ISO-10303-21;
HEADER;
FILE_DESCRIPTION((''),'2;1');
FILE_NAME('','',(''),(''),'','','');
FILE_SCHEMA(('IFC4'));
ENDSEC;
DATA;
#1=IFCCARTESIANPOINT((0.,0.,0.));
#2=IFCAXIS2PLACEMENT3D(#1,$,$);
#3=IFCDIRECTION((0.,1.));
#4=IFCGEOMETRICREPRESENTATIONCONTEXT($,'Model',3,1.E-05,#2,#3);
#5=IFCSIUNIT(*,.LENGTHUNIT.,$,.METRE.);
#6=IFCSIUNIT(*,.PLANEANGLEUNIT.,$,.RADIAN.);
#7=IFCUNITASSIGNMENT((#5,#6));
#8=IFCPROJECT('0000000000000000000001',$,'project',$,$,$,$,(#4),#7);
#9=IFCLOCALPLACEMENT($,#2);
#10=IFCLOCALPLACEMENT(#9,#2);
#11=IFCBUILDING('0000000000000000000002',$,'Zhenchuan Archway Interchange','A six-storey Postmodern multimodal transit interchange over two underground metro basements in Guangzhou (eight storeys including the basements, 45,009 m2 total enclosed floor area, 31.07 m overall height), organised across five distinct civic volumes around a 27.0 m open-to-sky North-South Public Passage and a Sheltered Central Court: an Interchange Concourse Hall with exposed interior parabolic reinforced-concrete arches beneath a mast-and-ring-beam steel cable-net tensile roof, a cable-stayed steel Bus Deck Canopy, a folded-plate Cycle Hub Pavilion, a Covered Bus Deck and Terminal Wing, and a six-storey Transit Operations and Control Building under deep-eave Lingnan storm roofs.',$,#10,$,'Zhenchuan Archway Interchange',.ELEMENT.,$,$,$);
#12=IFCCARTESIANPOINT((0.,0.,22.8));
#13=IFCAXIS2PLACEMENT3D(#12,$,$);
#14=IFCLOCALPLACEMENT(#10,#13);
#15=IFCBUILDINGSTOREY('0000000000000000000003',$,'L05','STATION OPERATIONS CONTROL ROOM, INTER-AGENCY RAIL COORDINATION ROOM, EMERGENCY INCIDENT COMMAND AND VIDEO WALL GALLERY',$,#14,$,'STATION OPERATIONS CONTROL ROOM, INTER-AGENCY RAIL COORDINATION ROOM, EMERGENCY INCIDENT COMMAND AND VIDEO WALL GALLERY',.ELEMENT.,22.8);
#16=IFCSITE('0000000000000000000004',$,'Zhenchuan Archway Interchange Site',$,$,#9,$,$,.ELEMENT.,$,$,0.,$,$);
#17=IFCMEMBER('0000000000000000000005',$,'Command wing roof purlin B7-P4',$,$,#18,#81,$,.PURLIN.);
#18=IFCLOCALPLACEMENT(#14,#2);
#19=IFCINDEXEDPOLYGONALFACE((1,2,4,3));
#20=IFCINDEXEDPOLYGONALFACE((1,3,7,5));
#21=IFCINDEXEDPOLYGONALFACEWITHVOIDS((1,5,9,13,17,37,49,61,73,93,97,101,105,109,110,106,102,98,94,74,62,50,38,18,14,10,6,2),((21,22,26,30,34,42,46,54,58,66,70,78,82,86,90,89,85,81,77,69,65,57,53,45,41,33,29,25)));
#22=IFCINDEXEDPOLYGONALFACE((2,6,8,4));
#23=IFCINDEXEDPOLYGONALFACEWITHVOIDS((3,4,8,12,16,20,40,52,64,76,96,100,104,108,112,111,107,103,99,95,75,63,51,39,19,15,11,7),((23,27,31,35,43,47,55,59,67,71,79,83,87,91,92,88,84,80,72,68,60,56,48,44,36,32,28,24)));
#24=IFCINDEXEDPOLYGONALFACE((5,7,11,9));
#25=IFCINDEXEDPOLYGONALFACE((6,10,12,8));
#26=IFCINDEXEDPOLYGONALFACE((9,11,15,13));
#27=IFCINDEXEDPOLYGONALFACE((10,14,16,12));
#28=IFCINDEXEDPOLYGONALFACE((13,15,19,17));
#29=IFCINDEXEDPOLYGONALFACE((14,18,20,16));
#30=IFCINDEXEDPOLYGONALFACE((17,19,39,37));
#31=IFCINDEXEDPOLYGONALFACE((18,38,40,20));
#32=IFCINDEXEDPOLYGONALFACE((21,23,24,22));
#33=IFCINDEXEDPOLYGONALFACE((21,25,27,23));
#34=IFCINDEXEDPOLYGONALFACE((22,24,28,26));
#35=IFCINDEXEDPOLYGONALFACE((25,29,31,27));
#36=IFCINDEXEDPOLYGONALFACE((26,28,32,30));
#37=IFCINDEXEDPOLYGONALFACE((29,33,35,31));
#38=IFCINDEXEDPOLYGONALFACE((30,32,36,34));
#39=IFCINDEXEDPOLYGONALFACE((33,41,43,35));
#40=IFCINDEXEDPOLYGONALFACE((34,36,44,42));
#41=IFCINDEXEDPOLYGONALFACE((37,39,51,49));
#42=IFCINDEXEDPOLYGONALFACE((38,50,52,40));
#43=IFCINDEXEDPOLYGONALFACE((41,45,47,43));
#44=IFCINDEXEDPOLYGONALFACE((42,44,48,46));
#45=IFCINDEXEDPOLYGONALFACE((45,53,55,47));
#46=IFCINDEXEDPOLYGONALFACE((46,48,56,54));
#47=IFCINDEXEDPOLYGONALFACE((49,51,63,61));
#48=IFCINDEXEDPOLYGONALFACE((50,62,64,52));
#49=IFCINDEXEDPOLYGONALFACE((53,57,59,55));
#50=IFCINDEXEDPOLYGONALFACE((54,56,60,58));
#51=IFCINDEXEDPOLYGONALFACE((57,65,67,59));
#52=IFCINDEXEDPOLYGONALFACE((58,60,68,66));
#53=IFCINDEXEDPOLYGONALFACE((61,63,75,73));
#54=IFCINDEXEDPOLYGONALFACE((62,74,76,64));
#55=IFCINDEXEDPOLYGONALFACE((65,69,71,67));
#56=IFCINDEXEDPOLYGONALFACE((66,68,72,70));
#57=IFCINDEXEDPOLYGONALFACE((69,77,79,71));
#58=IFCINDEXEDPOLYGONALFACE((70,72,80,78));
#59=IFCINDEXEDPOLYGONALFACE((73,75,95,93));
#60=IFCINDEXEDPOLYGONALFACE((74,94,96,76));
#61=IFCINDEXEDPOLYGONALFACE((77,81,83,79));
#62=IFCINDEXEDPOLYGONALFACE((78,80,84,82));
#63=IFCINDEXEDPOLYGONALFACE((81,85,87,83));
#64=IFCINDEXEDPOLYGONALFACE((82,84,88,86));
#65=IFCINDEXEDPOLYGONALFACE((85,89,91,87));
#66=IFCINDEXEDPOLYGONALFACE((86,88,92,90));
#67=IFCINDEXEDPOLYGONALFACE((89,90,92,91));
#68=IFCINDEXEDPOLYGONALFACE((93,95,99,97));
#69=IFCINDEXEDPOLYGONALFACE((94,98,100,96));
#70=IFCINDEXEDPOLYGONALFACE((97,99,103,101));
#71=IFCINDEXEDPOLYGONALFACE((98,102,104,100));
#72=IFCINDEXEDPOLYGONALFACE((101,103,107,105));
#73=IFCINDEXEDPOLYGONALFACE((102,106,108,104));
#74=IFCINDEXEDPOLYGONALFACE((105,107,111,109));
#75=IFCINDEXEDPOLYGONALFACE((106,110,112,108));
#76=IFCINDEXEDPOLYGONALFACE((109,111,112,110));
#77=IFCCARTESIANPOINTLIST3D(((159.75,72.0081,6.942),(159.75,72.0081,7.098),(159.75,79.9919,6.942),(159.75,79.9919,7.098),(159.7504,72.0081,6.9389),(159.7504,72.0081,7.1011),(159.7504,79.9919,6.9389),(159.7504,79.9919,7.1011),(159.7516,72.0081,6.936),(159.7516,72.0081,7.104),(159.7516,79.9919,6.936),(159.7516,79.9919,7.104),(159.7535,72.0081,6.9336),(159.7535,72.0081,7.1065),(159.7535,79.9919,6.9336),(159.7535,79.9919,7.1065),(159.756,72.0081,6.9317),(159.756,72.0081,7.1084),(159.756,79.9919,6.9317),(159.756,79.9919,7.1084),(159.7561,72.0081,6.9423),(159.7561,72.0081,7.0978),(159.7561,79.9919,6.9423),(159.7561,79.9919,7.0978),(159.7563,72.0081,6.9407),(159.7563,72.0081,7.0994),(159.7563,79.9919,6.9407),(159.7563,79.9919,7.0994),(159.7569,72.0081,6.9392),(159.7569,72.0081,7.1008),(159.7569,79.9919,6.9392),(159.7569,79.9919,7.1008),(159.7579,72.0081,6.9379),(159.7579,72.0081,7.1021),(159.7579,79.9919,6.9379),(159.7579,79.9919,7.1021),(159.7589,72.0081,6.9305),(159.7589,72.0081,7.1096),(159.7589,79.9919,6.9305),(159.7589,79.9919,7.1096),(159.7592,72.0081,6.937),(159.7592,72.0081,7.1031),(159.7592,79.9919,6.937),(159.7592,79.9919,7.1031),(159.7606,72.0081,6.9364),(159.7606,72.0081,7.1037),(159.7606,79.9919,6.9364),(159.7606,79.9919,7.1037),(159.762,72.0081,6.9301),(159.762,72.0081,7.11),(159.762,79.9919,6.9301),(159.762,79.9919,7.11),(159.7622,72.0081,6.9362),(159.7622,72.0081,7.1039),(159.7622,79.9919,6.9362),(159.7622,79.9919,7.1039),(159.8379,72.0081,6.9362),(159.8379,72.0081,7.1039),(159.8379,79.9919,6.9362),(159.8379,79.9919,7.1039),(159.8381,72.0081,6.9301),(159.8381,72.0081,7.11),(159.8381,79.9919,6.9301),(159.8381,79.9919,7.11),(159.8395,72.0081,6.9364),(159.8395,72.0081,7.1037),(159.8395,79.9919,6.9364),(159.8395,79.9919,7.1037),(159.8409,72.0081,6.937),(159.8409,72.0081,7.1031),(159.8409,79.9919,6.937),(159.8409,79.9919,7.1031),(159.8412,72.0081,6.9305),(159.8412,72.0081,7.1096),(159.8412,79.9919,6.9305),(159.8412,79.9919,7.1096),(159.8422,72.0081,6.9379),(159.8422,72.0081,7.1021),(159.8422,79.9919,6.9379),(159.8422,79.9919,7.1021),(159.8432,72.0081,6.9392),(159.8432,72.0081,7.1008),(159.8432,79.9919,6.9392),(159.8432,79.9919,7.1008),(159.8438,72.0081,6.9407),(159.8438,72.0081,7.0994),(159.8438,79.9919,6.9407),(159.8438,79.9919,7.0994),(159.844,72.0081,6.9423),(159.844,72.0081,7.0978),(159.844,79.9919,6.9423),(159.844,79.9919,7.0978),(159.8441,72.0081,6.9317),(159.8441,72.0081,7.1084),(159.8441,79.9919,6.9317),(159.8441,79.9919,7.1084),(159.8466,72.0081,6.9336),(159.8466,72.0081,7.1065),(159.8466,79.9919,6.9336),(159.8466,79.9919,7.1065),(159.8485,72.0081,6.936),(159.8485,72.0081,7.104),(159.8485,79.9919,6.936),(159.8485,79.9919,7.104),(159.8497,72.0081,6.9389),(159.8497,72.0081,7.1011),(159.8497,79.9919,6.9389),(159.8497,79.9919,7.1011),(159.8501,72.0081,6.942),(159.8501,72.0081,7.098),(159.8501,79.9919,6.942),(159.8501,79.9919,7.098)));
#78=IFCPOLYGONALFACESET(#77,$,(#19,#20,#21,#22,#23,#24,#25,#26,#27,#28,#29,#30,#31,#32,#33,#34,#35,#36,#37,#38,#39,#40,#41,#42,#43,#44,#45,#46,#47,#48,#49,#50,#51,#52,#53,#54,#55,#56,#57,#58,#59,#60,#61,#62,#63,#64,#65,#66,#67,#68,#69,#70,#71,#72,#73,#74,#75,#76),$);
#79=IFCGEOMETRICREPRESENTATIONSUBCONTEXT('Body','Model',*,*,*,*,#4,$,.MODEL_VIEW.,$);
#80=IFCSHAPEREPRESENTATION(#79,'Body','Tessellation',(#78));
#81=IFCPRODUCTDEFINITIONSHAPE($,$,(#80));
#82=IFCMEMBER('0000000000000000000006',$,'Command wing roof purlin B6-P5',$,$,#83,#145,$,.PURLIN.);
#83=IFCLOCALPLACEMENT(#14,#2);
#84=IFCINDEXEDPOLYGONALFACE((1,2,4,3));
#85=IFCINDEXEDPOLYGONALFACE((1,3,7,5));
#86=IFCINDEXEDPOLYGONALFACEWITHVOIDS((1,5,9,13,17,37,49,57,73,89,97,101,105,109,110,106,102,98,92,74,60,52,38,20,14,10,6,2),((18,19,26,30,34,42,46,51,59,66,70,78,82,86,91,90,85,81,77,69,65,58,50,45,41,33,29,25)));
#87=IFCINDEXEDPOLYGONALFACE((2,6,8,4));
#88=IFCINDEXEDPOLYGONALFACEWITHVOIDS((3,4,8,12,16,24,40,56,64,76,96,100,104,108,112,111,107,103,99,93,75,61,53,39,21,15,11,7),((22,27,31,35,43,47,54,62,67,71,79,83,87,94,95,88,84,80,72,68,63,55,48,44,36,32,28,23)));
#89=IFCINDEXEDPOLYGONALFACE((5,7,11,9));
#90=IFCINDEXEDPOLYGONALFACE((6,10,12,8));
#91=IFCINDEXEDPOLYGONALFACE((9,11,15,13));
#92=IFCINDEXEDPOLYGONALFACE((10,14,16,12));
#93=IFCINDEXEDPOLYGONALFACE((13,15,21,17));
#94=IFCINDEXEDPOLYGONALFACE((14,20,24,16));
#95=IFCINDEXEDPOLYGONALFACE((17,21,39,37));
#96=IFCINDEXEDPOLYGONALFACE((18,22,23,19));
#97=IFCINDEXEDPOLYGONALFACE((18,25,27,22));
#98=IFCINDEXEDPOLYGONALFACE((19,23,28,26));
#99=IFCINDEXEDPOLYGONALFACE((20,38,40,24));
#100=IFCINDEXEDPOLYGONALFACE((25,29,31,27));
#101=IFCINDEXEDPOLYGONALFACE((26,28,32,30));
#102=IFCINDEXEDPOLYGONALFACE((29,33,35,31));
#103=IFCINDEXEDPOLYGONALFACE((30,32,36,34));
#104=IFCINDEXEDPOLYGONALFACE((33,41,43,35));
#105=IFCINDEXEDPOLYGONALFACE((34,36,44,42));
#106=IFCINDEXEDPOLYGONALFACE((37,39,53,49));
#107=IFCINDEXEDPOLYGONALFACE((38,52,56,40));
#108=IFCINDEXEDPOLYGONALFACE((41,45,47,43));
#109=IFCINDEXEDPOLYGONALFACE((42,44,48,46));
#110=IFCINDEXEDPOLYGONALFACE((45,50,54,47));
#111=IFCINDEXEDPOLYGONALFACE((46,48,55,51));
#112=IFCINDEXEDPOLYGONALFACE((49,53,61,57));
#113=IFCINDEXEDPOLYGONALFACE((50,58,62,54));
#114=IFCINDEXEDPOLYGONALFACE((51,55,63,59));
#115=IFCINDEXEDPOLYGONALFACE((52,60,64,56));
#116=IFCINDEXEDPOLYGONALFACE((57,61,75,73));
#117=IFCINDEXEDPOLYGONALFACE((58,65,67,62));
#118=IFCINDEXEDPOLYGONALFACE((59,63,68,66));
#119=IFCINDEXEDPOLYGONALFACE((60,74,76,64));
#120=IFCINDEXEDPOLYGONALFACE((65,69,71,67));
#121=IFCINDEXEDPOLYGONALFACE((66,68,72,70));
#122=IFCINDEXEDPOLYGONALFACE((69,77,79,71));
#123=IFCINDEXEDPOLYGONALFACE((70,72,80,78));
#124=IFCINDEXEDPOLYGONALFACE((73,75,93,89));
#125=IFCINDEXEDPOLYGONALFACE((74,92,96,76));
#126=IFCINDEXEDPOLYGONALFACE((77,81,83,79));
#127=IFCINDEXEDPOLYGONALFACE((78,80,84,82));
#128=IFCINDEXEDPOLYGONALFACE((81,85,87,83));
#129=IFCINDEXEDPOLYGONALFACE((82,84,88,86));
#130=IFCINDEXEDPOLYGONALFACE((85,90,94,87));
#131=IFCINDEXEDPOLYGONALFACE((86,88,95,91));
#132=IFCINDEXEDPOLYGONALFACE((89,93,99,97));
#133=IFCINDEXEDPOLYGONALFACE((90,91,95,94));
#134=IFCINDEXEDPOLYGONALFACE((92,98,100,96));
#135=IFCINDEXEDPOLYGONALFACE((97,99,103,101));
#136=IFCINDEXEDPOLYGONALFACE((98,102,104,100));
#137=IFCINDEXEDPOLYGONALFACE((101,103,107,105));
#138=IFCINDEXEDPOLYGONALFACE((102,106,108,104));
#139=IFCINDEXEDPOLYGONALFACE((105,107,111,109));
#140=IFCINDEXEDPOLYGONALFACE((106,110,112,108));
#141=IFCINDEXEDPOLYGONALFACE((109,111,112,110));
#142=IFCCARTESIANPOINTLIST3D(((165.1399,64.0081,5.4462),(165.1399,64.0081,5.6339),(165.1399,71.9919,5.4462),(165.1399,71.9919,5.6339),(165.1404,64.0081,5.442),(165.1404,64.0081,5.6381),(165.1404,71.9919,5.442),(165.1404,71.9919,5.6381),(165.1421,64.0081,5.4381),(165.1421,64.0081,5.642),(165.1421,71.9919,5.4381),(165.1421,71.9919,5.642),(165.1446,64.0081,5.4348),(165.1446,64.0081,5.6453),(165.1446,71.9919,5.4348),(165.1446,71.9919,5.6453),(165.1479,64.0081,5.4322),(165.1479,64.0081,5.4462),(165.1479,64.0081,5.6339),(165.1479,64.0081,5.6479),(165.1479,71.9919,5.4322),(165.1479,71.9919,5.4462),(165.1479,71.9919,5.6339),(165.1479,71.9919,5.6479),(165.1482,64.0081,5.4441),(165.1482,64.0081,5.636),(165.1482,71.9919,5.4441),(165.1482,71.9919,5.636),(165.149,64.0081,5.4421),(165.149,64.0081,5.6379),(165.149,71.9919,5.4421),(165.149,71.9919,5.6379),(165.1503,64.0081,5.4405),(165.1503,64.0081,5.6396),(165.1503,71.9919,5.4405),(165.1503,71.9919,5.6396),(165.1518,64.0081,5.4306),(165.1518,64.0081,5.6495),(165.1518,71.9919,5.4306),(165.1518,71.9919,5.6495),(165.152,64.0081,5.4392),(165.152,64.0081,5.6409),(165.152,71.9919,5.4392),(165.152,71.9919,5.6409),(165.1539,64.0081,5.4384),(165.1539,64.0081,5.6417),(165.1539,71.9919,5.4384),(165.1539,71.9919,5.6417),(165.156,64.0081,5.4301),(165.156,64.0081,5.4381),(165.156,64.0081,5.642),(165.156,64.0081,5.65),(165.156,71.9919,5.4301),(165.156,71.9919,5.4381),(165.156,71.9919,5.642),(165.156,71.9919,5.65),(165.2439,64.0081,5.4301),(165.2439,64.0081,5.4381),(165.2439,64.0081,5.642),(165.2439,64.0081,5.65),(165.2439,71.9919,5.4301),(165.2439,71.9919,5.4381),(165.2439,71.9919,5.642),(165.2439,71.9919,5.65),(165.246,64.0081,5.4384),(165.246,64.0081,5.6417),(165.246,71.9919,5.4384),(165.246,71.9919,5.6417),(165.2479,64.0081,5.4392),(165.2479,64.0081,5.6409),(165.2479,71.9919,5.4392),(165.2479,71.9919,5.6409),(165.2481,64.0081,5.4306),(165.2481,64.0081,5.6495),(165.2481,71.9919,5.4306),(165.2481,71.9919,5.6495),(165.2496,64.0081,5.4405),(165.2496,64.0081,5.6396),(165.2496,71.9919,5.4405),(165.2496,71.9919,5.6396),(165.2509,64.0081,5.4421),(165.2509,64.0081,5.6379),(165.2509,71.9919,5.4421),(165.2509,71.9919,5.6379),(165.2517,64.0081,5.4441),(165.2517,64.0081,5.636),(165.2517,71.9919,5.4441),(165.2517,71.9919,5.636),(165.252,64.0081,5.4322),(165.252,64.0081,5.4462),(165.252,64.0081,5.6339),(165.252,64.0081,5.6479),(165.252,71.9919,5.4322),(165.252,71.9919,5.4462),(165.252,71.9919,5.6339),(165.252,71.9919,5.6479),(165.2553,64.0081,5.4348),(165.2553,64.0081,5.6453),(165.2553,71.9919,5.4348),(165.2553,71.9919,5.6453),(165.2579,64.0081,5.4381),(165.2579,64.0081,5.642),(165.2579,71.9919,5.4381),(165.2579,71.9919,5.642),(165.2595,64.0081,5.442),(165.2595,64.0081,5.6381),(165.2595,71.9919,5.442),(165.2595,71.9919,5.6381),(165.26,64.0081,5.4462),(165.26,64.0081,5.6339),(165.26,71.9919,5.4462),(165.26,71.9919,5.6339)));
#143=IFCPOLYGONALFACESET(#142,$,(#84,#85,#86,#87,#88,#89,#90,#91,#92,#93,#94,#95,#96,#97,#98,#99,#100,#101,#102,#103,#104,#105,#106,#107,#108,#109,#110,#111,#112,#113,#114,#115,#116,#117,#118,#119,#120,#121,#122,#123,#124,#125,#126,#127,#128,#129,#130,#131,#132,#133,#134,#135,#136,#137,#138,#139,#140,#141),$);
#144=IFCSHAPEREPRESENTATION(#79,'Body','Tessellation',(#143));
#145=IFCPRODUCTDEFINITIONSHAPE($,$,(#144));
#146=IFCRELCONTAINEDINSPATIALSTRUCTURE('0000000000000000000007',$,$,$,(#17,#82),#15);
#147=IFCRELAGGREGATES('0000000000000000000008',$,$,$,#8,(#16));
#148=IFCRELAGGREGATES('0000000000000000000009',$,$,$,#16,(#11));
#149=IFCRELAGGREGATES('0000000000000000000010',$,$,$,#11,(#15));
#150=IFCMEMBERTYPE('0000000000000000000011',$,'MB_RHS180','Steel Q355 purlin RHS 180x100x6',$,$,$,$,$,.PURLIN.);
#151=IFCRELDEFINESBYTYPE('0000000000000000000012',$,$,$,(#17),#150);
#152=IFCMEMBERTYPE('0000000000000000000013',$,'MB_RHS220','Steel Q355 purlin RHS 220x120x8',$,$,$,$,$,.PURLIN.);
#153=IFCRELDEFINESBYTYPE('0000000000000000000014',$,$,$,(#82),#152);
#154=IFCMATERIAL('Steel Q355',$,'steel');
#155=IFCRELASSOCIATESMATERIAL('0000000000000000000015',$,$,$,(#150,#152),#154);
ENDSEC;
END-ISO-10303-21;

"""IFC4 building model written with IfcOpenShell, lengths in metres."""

from ifc_helpers import new_model, si_unit, direction, frame, origin, origin_2d, place, context, subcontext, project, spatial, hollow_rectangle, extrude, material, material_profile, profile_set, type_object, element, save


model = new_model("IFC4")

# Units and contexts
model_context = context("Model", 3, precision=1e-05, world=origin(), true_north=direction((0.0, 1.0)))
body_context = subcontext(model_context, "Body", "Model", "MODEL_VIEW")
ifc_project = project(units=[si_unit("LENGTHUNIT", "METRE"), si_unit("PLANEANGLEUNIT", "RADIAN")], contexts=[model_context])

# Site, building, storey
site_placement = place(None, origin())
site = spatial("IfcSite", under=ifc_project, at=site_placement, Name="Zhenchuan Archway Interchange Site", CompositionType="ELEMENT", RefElevation=0.0)
building_placement = place(site_placement, origin())
building = spatial("IfcBuilding", under=site, at=building_placement, Name="Zhenchuan Archway Interchange", Description="A six-storey Postmodern multimodal transit interchange over two underground metro basements in Guangzhou (eight storeys including the basements, 45,009 m2 total enclosed floor area, 31.07 m overall height), organised across five distinct civic volumes around a 27.0 m open-to-sky North-South Public Passage and a Sheltered Central Court: an Interchange Concourse Hall with exposed interior parabolic reinforced-concrete arches beneath a mast-and-ring-beam steel cable-net tensile roof, a cable-stayed steel Bus Deck Canopy, a folded-plate Cycle Hub Pavilion, a Covered Bus Deck and Terminal Wing, and a six-storey Transit Operations and Control Building under deep-eave Lingnan storm roofs.", LongName="Zhenchuan Archway Interchange", CompositionType="ELEMENT")
storey_placement = place(building_placement, frame((0.0, 0.0, 22.8)))
storey = spatial("IfcBuildingStorey", under=building, at=storey_placement, Name="L05", Description="STATION OPERATIONS CONTROL ROOM, INTER-AGENCY RAIL COORDINATION ROOM, EMERGENCY INCIDENT COMMAND AND VIDEO WALL GALLERY", LongName="STATION OPERATIONS CONTROL ROOM, INTER-AGENCY RAIL COORDINATION ROOM, EMERGENCY INCIDENT COMMAND AND VIDEO WALL GALLERY", CompositionType="ELEMENT", Elevation=22.8)

# Shared definitions
ifc_material_1 = material(Name="Steel Q355", Category="steel")

# Members
ifc_material_profile_1 = material_profile(ifc_material_1, hollow_rectangle(XDim=0.1001, YDim=0.1799, WallThickness=0.0061, InnerFilletRadius=0.0061, OuterFilletRadius=0.012, at=origin_2d()), Name="RHS 180x100x6")
ifc_profile_set_1 = profile_set([ifc_material_profile_1], Name="Steel Q355")
member_type_1 = type_object("IfcMemberType", Name="MB_RHS180", Description="Steel Q355 purlin RHS 180x100x6", PredefinedType="PURLIN", material=ifc_profile_set_1)
for number, where, z_axis, x_axis, name in (
    (1, (159.8, 72.0081, 7.02), (0.0, 1.0, 0.0), (-1.0, 0.0, 0.0), "Command wing roof purlin B7-P4"),
):
    element("IfcMember", number, at=place(storey_placement, frame(where, z_axis=z_axis, x_axis=x_axis)), inside=storey, type_object=member_type_1, Name=name, PredefinedType="PURLIN", context=body_context, shape_type="SweptSolid", body=[
        extrude(hollow_rectangle(XDim=0.1001, YDim=0.1799, WallThickness=0.0061, InnerFilletRadius=0.0061, OuterFilletRadius=0.012, at=origin_2d()), origin(), (0.0, 0.0, 1.0), 7.9839),
    ])
ifc_material_profile_2 = material_profile(ifc_material_1, hollow_rectangle(XDim=0.1201, YDim=0.22, WallThickness=0.0081, InnerFilletRadius=0.0081, OuterFilletRadius=0.0161, at=origin_2d()), Name="RHS 220x120x8")
ifc_profile_set_2 = profile_set([ifc_material_profile_2], Name="Steel Q355")
member_type_2 = type_object("IfcMemberType", Name="MB_RHS220", Description="Steel Q355 purlin RHS 220x120x8", PredefinedType="PURLIN", material=ifc_profile_set_2)
for number, where, z_axis, x_axis, name in (
    (2, (165.2, 64.0081, 5.54), (0.0, 1.0, 0.0), (-1.0, 0.0, 0.0), "Command wing roof purlin B6-P5"),
):
    element("IfcMember", number, at=place(storey_placement, frame(where, z_axis=z_axis, x_axis=x_axis)), inside=storey, type_object=member_type_2, Name=name, PredefinedType="PURLIN", context=body_context, shape_type="SweptSolid", body=[
        extrude(hollow_rectangle(XDim=0.1201, YDim=0.22, WallThickness=0.0081, InnerFilletRadius=0.0081, OuterFilletRadius=0.0161, at=origin_2d()), origin(), (0.0, 0.0, 1.0), 7.9839),
    ])

save(model, "model.ifc")
